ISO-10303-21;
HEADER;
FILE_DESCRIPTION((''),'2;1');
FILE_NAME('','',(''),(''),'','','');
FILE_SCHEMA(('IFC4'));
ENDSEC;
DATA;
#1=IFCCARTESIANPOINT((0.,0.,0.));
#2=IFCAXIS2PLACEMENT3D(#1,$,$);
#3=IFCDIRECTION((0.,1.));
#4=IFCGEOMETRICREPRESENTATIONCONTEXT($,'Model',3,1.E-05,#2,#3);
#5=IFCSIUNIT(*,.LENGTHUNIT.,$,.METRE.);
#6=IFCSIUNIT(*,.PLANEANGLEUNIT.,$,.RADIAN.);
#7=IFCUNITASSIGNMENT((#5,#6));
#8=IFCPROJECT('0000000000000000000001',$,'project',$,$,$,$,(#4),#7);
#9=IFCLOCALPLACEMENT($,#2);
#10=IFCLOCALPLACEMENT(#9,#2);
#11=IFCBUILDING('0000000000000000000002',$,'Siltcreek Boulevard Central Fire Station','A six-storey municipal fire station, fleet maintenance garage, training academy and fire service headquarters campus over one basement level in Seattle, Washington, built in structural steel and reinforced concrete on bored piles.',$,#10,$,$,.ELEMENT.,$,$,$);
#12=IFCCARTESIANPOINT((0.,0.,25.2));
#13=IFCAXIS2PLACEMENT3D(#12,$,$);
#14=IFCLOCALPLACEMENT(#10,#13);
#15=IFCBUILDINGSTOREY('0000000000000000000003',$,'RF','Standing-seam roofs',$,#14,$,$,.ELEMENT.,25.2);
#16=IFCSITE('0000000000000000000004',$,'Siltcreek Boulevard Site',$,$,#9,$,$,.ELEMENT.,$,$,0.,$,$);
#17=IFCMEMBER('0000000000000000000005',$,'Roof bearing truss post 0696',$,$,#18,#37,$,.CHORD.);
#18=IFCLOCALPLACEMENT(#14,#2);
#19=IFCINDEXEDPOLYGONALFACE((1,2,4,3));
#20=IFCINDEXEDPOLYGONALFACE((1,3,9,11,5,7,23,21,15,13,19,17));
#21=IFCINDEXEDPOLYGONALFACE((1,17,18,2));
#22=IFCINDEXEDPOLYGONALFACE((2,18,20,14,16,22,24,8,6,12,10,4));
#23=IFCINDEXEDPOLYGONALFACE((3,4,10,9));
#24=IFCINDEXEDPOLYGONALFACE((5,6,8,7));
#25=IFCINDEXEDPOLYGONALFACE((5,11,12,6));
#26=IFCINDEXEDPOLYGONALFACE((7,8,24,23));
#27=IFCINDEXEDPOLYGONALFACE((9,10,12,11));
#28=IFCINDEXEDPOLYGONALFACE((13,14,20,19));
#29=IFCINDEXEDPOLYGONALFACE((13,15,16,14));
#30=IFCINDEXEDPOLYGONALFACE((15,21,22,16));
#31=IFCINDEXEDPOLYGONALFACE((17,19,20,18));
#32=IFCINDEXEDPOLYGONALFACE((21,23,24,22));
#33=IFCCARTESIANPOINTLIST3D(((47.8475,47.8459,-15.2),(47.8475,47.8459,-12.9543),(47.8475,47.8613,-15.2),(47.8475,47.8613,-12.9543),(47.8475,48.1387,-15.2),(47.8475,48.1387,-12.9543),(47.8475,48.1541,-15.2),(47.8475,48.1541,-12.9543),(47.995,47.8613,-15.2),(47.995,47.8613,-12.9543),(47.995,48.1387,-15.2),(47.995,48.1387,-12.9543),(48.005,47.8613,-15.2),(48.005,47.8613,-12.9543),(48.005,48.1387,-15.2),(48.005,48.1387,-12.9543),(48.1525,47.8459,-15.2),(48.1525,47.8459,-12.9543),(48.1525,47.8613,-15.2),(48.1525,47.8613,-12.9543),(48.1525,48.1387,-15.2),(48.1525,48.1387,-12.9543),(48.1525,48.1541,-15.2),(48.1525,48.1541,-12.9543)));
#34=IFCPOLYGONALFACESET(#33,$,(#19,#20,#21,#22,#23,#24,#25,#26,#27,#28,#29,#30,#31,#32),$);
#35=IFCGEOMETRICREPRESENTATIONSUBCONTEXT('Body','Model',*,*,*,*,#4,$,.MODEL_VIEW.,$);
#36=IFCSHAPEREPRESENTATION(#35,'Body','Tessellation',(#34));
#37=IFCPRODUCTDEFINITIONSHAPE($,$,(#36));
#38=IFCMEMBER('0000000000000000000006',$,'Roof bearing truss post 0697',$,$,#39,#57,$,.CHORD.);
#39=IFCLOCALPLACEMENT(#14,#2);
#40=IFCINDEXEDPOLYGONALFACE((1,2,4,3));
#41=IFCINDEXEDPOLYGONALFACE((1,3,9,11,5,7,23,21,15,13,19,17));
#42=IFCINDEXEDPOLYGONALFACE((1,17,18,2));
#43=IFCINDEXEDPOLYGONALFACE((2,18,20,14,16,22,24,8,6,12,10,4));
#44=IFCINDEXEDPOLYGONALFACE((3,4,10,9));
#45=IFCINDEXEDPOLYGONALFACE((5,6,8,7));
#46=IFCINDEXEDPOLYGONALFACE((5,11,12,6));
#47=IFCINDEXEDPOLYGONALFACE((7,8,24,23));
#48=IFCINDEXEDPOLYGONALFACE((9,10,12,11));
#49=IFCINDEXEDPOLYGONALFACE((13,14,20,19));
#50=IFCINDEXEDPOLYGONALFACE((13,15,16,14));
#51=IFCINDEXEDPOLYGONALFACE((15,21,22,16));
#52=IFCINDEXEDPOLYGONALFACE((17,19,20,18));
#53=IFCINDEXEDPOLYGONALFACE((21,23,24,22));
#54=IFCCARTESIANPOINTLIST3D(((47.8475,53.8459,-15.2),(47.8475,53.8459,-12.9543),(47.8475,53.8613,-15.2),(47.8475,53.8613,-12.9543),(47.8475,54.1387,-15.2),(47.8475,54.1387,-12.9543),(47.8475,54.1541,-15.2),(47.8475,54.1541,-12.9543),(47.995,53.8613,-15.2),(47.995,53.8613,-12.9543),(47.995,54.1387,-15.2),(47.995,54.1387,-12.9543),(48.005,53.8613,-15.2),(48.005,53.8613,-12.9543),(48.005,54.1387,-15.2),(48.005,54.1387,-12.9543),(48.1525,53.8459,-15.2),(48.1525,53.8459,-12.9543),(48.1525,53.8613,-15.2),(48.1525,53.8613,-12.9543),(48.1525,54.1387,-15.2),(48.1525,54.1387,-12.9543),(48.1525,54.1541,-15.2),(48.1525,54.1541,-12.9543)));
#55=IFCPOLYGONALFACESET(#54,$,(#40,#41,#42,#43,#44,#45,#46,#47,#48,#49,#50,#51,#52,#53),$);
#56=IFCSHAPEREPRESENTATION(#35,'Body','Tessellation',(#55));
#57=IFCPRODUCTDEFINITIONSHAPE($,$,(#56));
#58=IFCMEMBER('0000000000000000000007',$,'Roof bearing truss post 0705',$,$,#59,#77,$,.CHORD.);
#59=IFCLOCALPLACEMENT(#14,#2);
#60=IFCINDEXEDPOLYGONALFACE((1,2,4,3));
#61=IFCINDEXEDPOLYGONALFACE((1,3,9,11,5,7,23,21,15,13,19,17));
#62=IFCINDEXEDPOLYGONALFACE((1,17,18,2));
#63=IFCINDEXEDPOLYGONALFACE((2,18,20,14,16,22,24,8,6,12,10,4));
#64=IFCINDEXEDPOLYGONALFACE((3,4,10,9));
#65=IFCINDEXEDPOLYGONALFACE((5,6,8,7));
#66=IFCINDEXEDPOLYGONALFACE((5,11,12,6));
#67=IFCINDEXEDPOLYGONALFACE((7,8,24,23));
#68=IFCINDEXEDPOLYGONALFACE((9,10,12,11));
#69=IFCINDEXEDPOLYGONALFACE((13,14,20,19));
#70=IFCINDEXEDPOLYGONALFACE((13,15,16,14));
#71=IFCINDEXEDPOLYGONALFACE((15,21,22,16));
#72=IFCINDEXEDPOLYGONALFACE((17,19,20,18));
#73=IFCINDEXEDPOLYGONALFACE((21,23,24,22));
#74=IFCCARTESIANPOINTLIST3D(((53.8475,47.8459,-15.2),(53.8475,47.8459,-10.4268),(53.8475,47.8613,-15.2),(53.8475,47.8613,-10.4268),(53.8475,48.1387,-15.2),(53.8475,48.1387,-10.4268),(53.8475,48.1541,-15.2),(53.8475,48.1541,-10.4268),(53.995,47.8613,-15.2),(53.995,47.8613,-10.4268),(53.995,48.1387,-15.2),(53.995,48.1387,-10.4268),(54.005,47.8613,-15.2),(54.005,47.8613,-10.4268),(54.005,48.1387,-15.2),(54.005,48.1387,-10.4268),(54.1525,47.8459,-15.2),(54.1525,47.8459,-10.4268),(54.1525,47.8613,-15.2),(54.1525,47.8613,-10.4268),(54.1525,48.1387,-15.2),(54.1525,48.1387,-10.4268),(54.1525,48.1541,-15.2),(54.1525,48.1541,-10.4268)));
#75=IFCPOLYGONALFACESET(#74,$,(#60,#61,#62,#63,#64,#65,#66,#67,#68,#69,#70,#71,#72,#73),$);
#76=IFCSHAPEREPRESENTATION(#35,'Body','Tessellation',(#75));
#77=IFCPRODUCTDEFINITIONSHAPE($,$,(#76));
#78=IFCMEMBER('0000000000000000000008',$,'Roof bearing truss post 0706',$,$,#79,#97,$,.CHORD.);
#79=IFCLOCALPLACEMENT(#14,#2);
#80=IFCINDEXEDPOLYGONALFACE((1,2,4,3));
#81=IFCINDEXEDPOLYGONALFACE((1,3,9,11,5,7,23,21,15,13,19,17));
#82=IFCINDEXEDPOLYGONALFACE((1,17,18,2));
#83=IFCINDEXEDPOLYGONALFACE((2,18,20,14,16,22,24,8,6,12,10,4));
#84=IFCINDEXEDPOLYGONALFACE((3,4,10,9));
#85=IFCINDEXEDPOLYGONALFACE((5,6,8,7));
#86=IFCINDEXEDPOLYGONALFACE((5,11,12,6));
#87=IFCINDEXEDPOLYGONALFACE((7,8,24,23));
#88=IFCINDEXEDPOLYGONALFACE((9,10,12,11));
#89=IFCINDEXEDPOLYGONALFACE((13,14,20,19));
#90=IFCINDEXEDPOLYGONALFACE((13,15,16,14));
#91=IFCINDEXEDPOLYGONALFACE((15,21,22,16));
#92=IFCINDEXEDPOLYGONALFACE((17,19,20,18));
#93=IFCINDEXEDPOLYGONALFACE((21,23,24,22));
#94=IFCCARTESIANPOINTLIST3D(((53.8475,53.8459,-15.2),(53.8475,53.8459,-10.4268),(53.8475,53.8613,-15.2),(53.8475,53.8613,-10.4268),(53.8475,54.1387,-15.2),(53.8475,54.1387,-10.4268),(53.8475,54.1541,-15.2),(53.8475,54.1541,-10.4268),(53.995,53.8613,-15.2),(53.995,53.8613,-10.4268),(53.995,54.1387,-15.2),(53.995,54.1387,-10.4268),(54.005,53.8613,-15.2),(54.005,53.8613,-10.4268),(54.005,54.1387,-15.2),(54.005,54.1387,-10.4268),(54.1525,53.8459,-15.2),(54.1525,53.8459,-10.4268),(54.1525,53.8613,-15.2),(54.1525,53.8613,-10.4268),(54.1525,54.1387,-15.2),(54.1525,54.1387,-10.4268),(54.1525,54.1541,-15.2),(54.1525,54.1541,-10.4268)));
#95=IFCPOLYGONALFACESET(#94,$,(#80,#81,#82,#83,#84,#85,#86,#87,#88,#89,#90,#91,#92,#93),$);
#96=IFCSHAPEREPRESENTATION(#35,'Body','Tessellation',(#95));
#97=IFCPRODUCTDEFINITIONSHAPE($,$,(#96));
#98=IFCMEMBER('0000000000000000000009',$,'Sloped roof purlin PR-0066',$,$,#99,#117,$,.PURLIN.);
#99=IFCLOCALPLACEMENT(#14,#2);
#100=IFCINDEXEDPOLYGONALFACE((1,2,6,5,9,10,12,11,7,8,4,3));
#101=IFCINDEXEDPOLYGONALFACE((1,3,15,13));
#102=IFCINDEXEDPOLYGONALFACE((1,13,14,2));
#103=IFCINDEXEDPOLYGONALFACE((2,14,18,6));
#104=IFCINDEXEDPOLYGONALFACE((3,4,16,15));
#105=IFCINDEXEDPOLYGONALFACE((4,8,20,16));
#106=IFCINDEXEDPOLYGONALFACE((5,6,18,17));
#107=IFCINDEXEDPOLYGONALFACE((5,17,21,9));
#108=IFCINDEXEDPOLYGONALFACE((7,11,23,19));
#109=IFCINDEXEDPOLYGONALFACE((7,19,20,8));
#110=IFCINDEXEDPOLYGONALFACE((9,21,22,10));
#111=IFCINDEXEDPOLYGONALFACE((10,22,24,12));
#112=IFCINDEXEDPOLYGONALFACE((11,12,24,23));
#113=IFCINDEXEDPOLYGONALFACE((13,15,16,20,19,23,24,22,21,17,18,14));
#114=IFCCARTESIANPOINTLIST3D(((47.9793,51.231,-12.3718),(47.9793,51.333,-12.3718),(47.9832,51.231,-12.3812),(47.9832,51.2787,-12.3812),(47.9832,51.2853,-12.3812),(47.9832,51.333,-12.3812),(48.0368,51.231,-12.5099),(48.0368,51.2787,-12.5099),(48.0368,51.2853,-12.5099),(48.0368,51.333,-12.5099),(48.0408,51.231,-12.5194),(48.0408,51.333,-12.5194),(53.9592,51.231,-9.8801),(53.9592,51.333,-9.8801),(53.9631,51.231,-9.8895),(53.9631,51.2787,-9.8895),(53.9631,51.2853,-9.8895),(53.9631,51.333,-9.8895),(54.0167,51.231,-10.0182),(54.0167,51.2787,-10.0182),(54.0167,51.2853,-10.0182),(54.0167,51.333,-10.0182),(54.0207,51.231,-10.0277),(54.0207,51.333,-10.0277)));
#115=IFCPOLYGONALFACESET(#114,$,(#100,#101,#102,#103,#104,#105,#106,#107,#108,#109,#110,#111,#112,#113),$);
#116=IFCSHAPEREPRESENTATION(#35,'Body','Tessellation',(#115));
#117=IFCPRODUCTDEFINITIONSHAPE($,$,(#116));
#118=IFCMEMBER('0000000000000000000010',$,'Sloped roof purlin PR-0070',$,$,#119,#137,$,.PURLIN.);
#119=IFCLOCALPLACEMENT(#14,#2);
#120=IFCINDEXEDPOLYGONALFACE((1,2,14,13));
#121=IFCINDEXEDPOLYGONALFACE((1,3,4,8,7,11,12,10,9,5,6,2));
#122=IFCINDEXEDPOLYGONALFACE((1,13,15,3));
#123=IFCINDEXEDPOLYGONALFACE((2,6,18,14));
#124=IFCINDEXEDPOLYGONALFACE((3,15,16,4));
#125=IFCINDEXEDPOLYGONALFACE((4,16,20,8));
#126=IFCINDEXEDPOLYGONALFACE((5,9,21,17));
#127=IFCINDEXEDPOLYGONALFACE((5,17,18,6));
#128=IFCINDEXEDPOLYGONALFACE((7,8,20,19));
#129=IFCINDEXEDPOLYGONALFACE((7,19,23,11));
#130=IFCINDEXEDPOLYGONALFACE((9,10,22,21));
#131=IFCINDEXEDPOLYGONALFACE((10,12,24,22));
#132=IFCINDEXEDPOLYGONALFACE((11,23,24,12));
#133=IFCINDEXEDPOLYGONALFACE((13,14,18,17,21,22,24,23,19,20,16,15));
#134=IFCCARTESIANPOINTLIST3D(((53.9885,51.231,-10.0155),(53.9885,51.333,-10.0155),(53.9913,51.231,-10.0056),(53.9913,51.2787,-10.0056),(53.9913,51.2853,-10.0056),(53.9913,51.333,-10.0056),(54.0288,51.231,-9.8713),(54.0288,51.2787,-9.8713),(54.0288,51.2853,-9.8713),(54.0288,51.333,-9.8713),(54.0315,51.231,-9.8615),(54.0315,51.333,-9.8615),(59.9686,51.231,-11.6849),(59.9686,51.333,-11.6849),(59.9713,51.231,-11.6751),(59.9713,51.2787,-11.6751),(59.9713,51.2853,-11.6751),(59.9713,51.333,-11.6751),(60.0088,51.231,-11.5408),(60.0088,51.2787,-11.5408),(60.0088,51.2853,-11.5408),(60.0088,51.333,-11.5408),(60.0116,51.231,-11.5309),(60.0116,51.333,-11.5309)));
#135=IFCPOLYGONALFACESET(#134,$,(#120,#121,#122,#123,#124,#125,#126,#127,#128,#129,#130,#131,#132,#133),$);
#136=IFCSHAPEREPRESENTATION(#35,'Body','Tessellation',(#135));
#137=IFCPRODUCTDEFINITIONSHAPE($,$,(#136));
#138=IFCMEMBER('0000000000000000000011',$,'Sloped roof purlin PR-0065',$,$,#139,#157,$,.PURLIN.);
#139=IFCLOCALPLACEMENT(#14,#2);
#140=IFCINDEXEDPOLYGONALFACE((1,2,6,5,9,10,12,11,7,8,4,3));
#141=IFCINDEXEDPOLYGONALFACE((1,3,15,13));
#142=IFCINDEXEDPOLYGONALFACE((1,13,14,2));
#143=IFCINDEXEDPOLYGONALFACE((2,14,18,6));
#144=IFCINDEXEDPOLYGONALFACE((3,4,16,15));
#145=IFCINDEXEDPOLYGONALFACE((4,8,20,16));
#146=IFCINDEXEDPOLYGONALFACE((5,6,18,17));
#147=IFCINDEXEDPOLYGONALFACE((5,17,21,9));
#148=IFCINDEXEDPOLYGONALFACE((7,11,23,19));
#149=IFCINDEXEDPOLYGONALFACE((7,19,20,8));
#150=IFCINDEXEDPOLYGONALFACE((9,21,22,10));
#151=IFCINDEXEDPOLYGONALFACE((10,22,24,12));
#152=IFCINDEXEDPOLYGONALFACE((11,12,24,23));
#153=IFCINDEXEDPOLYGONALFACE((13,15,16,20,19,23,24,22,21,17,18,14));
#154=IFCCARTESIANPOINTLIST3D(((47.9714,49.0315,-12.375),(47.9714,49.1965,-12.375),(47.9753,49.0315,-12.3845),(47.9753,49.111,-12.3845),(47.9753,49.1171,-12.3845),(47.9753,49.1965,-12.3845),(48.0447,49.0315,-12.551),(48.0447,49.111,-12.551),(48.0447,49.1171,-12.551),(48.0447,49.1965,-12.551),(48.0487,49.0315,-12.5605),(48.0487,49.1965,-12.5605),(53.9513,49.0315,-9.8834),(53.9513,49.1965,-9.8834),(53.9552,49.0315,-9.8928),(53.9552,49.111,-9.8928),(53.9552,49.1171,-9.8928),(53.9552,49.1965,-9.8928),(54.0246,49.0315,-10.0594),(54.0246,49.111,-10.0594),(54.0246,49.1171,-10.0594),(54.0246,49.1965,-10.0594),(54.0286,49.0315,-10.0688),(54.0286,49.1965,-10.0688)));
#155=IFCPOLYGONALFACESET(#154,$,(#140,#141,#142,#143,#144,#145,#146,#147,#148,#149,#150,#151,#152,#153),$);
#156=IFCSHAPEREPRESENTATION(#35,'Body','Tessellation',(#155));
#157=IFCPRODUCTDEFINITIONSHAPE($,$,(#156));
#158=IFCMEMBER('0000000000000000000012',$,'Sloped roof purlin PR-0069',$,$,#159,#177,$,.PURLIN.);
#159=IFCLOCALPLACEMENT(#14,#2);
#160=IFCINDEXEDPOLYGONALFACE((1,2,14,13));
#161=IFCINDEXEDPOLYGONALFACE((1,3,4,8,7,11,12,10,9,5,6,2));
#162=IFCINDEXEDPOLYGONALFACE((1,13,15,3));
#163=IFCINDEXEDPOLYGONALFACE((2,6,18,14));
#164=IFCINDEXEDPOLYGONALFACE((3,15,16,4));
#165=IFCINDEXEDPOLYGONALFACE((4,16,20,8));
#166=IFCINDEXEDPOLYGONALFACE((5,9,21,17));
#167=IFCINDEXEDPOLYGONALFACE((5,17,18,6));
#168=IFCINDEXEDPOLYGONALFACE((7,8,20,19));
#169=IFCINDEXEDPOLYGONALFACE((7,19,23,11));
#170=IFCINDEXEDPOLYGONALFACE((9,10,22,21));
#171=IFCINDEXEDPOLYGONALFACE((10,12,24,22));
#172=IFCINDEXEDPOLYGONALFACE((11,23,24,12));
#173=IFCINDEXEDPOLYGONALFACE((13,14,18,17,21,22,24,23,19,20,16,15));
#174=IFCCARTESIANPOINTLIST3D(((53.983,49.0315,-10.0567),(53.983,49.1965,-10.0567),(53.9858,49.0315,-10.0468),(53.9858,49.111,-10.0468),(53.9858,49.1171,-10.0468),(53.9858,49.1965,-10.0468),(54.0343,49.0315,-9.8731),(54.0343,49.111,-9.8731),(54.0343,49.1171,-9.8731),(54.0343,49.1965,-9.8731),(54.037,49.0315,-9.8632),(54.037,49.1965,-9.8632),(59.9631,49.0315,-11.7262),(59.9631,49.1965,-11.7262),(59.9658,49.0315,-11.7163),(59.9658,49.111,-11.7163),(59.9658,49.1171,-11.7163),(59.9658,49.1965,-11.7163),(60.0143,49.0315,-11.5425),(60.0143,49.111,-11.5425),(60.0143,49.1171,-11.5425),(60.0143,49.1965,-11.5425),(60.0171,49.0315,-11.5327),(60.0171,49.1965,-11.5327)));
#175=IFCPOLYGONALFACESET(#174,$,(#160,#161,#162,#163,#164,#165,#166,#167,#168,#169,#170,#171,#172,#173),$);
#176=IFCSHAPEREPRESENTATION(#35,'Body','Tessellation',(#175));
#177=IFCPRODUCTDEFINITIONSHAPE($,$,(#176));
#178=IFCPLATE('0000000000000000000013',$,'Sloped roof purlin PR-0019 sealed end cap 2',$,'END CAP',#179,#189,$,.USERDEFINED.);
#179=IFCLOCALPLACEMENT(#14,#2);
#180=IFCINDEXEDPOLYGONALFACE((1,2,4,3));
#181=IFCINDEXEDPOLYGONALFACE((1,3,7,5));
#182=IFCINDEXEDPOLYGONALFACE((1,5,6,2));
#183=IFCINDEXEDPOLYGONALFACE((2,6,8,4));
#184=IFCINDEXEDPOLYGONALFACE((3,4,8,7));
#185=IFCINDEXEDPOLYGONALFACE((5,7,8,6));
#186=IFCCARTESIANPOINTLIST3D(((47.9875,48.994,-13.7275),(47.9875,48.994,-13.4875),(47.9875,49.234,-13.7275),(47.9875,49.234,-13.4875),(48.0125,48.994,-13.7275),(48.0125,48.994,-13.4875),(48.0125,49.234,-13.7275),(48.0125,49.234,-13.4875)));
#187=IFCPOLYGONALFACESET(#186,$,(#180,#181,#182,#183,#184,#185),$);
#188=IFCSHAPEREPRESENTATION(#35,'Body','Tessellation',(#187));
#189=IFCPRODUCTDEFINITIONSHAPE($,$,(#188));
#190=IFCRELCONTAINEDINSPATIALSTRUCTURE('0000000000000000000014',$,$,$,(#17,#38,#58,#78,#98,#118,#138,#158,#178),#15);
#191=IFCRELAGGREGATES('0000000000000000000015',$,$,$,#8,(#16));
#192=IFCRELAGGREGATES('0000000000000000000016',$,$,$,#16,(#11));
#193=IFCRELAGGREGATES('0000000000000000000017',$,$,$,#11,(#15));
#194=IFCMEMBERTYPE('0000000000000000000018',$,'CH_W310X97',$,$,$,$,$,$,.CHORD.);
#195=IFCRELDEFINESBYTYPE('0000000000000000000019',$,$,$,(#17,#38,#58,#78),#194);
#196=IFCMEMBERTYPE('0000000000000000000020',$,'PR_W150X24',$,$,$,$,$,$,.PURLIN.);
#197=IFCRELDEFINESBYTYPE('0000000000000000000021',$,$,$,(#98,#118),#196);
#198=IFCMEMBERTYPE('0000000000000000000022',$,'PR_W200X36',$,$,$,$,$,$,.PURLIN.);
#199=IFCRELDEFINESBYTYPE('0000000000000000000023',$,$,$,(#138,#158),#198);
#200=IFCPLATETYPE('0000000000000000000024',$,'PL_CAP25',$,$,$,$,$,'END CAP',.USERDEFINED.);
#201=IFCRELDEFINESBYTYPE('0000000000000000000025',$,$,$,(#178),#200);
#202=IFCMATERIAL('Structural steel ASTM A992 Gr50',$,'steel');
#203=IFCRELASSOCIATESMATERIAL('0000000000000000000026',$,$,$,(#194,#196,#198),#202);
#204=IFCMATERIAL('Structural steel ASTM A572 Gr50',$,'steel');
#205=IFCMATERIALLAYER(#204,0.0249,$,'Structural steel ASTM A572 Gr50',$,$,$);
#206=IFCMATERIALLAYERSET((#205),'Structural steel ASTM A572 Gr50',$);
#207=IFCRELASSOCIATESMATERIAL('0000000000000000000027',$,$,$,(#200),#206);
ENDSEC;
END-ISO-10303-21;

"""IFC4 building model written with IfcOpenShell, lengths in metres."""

from ifc_helpers import new_model, si_unit, direction, frame, origin, origin_2d, place, context, subcontext, project, spatial, rectangle, i_section, extrude, material, layer, layer_set, material_profile, profile_set, type_object, element, save


model = new_model("IFC4")

# Units and contexts
model_context = context("Model", 3, precision=1e-05, world=origin(), true_north=direction((0.0, 1.0)))
body_context = subcontext(model_context, "Body", "Model", "MODEL_VIEW")
ifc_project = project(units=[si_unit("LENGTHUNIT", "METRE"), si_unit("PLANEANGLEUNIT", "RADIAN")], contexts=[model_context])

# Site, building, storey
site_placement = place(None, origin())
site = spatial("IfcSite", under=ifc_project, at=site_placement, Name="Siltcreek Boulevard Site", CompositionType="ELEMENT", RefElevation=0.0)
building_placement = place(site_placement, origin())
building = spatial("IfcBuilding", under=site, at=building_placement, Name="Siltcreek Boulevard Central Fire Station", Description="A six-storey municipal fire station, fleet maintenance garage, training academy and fire service headquarters campus over one basement level in Seattle, Washington, built in structural steel and reinforced concrete on bored piles.", CompositionType="ELEMENT")
storey_placement = place(building_placement, frame((0.0, 0.0, 25.2)))
storey = spatial("IfcBuildingStorey", under=building, at=storey_placement, Name="RF", Description="Standing-seam roofs", CompositionType="ELEMENT", Elevation=25.2)

# Members
ifc_material_1 = material(Name="Structural steel ASTM A992 Gr50", Category="steel")
ifc_material_profile_1 = material_profile(ifc_material_1, i_section(OverallWidth=0.3049, OverallDepth=0.3081, WebThickness=0.01, FlangeThickness=0.0154, at=origin_2d()), Name="W310X97")
ifc_profile_set_1 = profile_set([ifc_material_profile_1], Name="Structural steel ASTM A992 Gr50")
member_type_1 = type_object("IfcMemberType", Name="CH_W310X97", PredefinedType="CHORD", material=ifc_profile_set_1)
for number, where, z_axis, x_axis, name in (
    (1, (48.0, 48.0, -15.2), (0.0, 0.0, 1.0), (1.0, 0.0, 0.0), "Roof bearing truss post 0696"),
    (2, (48.0, 54.0, -15.2), (0.0, 0.0, 1.0), (1.0, 0.0, 0.0), "Roof bearing truss post 0697"),
):
    element("IfcMember", number, at=place(storey_placement, frame(where, z_axis=z_axis, x_axis=x_axis)), inside=storey, type_object=member_type_1, Name=name, PredefinedType="CHORD", context=body_context, shape_type="SweptSolid", body=[
        extrude(i_section(OverallWidth=0.3049, OverallDepth=0.3081, WebThickness=0.01, FlangeThickness=0.0154, at=origin_2d()), origin(), (0.0, 0.0, 1.0), 2.2456),
    ])
for number, where, z_axis, x_axis, name in (
    (3, (54.0, 48.0, -15.2), (0.0, 0.0, 1.0), (1.0, 0.0, 0.0), "Roof bearing truss post 0705"),
    (4, (54.0, 54.0, -15.2), (0.0, 0.0, 1.0), (1.0, 0.0, 0.0), "Roof bearing truss post 0706"),
):
    element("IfcMember", number, at=place(storey_placement, frame(where, z_axis=z_axis, x_axis=x_axis)), inside=storey, type_object=member_type_1, Name=name, PredefinedType="CHORD", context=body_context, shape_type="SweptSolid", body=[
        extrude(i_section(OverallWidth=0.3049, OverallDepth=0.3081, WebThickness=0.01, FlangeThickness=0.0154, at=origin_2d()), origin(), (0.0, 0.0, 1.0), 4.7732),
    ])
ifc_material_profile_2 = material_profile(ifc_material_1, i_section(OverallWidth=0.1021, OverallDepth=0.1599, WebThickness=0.0066, FlangeThickness=0.0103, at=origin_2d()), Name="W150X24")
ifc_profile_set_2 = profile_set([ifc_material_profile_2], Name="Structural steel ASTM A992 Gr50")
member_type_2 = type_object("IfcMemberType", Name="PR_W150X24", PredefinedType="PURLIN", material=ifc_profile_set_2)
member_1_placement = place(storey_placement, frame((48.01, 51.282, -12.4456), z_axis=(0.923075, 0.0, 0.384621), x_axis=(0.0, 1.0, 0.0)))
element("IfcMember", 5, at=member_1_placement, inside=storey, type_object=member_type_2, Name="Sloped roof purlin PR-0066", PredefinedType="PURLIN", context=body_context, shape_type="SweptSolid", body=[
    extrude(i_section(OverallWidth=0.1021, OverallDepth=0.1599, WebThickness=0.0066, FlangeThickness=0.0103, at=origin_2d()), origin(), (0.0, 0.0, 1.0), 6.4783),
])
member_2_placement = place(storey_placement, frame((54.01, 51.282, -9.9385), z_axis=(0.963171, 0.0, -0.268889), x_axis=(0.0, 1.0, 0.0)))
element("IfcMember", 6, at=member_2_placement, inside=storey, type_object=member_type_2, Name="Sloped roof purlin PR-0070", PredefinedType="PURLIN", context=body_context, shape_type="SweptSolid", body=[
    extrude(i_section(OverallWidth=0.1021, OverallDepth=0.1599, WebThickness=0.0066, FlangeThickness=0.0103, at=origin_2d()), origin(), (0.0, 0.0, 1.0), 6.2087),
])
ifc_material_profile_3 = material_profile(ifc_material_1, i_section(OverallWidth=0.165, OverallDepth=0.2009, WebThickness=0.0061, FlangeThickness=0.0103, at=origin_2d()), Name="W200X36")
ifc_profile_set_3 = profile_set([ifc_material_profile_3], Name="Structural steel ASTM A992 Gr50")
member_type_3 = type_object("IfcMemberType", Name="PR_W200X36", PredefinedType="PURLIN", material=ifc_profile_set_3)
member_3_placement = place(storey_placement, frame((48.01, 49.114, -12.4678), z_axis=(0.923075, 0.0, 0.384621), x_axis=(0.0, 1.0, 0.0)))
element("IfcMember", 7, at=member_3_placement, inside=storey, type_object=member_type_3, Name="Sloped roof purlin PR-0065", PredefinedType="PURLIN", context=body_context, shape_type="SweptSolid", body=[
    extrude(i_section(OverallWidth=0.165, OverallDepth=0.2009, WebThickness=0.0061, FlangeThickness=0.0103, at=origin_2d()), origin(), (0.0, 0.0, 1.0), 6.4783),
])
member_4_placement = place(storey_placement, frame((54.01, 49.114, -9.96), z_axis=(0.963171, 0.0, -0.268889), x_axis=(0.0, 1.0, 0.0)))
element("IfcMember", 8, at=member_4_placement, inside=storey, type_object=member_type_3, Name="Sloped roof purlin PR-0069", PredefinedType="PURLIN", context=body_context, shape_type="SweptSolid", body=[
    extrude(i_section(OverallWidth=0.165, OverallDepth=0.2009, WebThickness=0.0061, FlangeThickness=0.0103, at=origin_2d()), origin(), (0.0, 0.0, 1.0), 6.2087),
])

# Plate
ifc_material_2 = material(Name="Structural steel ASTM A572 Gr50", Category="steel")
ifc_layer_1 = layer(ifc_material_2, 0.0249, Name="Structural steel ASTM A572 Gr50")
ifc_layer_set_1 = layer_set([ifc_layer_1], Name="Structural steel ASTM A572 Gr50")
plate_type = type_object("IfcPlateType", Name="PL_CAP25", ElementType="END CAP", PredefinedType="USERDEFINED", material=ifc_layer_set_1)
plate_placement = place(storey_placement, frame((48.0, 49.114, -13.7275), z_axis=(0.0, 0.0, 1.0), x_axis=(1.0, 0.0, 0.0)))
element("IfcPlate", 9, at=plate_placement, inside=storey, type_object=plate_type, Name="Sloped roof purlin PR-0019 sealed end cap 2", ObjectType="END CAP", PredefinedType="USERDEFINED", context=body_context, shape_type="SweptSolid", body=[
    extrude(rectangle(XDim=0.0249, YDim=0.24, at=origin_2d()), origin(), (0.0, 0.0, 1.0), 0.24),
])

save(model, "model.ifc")
